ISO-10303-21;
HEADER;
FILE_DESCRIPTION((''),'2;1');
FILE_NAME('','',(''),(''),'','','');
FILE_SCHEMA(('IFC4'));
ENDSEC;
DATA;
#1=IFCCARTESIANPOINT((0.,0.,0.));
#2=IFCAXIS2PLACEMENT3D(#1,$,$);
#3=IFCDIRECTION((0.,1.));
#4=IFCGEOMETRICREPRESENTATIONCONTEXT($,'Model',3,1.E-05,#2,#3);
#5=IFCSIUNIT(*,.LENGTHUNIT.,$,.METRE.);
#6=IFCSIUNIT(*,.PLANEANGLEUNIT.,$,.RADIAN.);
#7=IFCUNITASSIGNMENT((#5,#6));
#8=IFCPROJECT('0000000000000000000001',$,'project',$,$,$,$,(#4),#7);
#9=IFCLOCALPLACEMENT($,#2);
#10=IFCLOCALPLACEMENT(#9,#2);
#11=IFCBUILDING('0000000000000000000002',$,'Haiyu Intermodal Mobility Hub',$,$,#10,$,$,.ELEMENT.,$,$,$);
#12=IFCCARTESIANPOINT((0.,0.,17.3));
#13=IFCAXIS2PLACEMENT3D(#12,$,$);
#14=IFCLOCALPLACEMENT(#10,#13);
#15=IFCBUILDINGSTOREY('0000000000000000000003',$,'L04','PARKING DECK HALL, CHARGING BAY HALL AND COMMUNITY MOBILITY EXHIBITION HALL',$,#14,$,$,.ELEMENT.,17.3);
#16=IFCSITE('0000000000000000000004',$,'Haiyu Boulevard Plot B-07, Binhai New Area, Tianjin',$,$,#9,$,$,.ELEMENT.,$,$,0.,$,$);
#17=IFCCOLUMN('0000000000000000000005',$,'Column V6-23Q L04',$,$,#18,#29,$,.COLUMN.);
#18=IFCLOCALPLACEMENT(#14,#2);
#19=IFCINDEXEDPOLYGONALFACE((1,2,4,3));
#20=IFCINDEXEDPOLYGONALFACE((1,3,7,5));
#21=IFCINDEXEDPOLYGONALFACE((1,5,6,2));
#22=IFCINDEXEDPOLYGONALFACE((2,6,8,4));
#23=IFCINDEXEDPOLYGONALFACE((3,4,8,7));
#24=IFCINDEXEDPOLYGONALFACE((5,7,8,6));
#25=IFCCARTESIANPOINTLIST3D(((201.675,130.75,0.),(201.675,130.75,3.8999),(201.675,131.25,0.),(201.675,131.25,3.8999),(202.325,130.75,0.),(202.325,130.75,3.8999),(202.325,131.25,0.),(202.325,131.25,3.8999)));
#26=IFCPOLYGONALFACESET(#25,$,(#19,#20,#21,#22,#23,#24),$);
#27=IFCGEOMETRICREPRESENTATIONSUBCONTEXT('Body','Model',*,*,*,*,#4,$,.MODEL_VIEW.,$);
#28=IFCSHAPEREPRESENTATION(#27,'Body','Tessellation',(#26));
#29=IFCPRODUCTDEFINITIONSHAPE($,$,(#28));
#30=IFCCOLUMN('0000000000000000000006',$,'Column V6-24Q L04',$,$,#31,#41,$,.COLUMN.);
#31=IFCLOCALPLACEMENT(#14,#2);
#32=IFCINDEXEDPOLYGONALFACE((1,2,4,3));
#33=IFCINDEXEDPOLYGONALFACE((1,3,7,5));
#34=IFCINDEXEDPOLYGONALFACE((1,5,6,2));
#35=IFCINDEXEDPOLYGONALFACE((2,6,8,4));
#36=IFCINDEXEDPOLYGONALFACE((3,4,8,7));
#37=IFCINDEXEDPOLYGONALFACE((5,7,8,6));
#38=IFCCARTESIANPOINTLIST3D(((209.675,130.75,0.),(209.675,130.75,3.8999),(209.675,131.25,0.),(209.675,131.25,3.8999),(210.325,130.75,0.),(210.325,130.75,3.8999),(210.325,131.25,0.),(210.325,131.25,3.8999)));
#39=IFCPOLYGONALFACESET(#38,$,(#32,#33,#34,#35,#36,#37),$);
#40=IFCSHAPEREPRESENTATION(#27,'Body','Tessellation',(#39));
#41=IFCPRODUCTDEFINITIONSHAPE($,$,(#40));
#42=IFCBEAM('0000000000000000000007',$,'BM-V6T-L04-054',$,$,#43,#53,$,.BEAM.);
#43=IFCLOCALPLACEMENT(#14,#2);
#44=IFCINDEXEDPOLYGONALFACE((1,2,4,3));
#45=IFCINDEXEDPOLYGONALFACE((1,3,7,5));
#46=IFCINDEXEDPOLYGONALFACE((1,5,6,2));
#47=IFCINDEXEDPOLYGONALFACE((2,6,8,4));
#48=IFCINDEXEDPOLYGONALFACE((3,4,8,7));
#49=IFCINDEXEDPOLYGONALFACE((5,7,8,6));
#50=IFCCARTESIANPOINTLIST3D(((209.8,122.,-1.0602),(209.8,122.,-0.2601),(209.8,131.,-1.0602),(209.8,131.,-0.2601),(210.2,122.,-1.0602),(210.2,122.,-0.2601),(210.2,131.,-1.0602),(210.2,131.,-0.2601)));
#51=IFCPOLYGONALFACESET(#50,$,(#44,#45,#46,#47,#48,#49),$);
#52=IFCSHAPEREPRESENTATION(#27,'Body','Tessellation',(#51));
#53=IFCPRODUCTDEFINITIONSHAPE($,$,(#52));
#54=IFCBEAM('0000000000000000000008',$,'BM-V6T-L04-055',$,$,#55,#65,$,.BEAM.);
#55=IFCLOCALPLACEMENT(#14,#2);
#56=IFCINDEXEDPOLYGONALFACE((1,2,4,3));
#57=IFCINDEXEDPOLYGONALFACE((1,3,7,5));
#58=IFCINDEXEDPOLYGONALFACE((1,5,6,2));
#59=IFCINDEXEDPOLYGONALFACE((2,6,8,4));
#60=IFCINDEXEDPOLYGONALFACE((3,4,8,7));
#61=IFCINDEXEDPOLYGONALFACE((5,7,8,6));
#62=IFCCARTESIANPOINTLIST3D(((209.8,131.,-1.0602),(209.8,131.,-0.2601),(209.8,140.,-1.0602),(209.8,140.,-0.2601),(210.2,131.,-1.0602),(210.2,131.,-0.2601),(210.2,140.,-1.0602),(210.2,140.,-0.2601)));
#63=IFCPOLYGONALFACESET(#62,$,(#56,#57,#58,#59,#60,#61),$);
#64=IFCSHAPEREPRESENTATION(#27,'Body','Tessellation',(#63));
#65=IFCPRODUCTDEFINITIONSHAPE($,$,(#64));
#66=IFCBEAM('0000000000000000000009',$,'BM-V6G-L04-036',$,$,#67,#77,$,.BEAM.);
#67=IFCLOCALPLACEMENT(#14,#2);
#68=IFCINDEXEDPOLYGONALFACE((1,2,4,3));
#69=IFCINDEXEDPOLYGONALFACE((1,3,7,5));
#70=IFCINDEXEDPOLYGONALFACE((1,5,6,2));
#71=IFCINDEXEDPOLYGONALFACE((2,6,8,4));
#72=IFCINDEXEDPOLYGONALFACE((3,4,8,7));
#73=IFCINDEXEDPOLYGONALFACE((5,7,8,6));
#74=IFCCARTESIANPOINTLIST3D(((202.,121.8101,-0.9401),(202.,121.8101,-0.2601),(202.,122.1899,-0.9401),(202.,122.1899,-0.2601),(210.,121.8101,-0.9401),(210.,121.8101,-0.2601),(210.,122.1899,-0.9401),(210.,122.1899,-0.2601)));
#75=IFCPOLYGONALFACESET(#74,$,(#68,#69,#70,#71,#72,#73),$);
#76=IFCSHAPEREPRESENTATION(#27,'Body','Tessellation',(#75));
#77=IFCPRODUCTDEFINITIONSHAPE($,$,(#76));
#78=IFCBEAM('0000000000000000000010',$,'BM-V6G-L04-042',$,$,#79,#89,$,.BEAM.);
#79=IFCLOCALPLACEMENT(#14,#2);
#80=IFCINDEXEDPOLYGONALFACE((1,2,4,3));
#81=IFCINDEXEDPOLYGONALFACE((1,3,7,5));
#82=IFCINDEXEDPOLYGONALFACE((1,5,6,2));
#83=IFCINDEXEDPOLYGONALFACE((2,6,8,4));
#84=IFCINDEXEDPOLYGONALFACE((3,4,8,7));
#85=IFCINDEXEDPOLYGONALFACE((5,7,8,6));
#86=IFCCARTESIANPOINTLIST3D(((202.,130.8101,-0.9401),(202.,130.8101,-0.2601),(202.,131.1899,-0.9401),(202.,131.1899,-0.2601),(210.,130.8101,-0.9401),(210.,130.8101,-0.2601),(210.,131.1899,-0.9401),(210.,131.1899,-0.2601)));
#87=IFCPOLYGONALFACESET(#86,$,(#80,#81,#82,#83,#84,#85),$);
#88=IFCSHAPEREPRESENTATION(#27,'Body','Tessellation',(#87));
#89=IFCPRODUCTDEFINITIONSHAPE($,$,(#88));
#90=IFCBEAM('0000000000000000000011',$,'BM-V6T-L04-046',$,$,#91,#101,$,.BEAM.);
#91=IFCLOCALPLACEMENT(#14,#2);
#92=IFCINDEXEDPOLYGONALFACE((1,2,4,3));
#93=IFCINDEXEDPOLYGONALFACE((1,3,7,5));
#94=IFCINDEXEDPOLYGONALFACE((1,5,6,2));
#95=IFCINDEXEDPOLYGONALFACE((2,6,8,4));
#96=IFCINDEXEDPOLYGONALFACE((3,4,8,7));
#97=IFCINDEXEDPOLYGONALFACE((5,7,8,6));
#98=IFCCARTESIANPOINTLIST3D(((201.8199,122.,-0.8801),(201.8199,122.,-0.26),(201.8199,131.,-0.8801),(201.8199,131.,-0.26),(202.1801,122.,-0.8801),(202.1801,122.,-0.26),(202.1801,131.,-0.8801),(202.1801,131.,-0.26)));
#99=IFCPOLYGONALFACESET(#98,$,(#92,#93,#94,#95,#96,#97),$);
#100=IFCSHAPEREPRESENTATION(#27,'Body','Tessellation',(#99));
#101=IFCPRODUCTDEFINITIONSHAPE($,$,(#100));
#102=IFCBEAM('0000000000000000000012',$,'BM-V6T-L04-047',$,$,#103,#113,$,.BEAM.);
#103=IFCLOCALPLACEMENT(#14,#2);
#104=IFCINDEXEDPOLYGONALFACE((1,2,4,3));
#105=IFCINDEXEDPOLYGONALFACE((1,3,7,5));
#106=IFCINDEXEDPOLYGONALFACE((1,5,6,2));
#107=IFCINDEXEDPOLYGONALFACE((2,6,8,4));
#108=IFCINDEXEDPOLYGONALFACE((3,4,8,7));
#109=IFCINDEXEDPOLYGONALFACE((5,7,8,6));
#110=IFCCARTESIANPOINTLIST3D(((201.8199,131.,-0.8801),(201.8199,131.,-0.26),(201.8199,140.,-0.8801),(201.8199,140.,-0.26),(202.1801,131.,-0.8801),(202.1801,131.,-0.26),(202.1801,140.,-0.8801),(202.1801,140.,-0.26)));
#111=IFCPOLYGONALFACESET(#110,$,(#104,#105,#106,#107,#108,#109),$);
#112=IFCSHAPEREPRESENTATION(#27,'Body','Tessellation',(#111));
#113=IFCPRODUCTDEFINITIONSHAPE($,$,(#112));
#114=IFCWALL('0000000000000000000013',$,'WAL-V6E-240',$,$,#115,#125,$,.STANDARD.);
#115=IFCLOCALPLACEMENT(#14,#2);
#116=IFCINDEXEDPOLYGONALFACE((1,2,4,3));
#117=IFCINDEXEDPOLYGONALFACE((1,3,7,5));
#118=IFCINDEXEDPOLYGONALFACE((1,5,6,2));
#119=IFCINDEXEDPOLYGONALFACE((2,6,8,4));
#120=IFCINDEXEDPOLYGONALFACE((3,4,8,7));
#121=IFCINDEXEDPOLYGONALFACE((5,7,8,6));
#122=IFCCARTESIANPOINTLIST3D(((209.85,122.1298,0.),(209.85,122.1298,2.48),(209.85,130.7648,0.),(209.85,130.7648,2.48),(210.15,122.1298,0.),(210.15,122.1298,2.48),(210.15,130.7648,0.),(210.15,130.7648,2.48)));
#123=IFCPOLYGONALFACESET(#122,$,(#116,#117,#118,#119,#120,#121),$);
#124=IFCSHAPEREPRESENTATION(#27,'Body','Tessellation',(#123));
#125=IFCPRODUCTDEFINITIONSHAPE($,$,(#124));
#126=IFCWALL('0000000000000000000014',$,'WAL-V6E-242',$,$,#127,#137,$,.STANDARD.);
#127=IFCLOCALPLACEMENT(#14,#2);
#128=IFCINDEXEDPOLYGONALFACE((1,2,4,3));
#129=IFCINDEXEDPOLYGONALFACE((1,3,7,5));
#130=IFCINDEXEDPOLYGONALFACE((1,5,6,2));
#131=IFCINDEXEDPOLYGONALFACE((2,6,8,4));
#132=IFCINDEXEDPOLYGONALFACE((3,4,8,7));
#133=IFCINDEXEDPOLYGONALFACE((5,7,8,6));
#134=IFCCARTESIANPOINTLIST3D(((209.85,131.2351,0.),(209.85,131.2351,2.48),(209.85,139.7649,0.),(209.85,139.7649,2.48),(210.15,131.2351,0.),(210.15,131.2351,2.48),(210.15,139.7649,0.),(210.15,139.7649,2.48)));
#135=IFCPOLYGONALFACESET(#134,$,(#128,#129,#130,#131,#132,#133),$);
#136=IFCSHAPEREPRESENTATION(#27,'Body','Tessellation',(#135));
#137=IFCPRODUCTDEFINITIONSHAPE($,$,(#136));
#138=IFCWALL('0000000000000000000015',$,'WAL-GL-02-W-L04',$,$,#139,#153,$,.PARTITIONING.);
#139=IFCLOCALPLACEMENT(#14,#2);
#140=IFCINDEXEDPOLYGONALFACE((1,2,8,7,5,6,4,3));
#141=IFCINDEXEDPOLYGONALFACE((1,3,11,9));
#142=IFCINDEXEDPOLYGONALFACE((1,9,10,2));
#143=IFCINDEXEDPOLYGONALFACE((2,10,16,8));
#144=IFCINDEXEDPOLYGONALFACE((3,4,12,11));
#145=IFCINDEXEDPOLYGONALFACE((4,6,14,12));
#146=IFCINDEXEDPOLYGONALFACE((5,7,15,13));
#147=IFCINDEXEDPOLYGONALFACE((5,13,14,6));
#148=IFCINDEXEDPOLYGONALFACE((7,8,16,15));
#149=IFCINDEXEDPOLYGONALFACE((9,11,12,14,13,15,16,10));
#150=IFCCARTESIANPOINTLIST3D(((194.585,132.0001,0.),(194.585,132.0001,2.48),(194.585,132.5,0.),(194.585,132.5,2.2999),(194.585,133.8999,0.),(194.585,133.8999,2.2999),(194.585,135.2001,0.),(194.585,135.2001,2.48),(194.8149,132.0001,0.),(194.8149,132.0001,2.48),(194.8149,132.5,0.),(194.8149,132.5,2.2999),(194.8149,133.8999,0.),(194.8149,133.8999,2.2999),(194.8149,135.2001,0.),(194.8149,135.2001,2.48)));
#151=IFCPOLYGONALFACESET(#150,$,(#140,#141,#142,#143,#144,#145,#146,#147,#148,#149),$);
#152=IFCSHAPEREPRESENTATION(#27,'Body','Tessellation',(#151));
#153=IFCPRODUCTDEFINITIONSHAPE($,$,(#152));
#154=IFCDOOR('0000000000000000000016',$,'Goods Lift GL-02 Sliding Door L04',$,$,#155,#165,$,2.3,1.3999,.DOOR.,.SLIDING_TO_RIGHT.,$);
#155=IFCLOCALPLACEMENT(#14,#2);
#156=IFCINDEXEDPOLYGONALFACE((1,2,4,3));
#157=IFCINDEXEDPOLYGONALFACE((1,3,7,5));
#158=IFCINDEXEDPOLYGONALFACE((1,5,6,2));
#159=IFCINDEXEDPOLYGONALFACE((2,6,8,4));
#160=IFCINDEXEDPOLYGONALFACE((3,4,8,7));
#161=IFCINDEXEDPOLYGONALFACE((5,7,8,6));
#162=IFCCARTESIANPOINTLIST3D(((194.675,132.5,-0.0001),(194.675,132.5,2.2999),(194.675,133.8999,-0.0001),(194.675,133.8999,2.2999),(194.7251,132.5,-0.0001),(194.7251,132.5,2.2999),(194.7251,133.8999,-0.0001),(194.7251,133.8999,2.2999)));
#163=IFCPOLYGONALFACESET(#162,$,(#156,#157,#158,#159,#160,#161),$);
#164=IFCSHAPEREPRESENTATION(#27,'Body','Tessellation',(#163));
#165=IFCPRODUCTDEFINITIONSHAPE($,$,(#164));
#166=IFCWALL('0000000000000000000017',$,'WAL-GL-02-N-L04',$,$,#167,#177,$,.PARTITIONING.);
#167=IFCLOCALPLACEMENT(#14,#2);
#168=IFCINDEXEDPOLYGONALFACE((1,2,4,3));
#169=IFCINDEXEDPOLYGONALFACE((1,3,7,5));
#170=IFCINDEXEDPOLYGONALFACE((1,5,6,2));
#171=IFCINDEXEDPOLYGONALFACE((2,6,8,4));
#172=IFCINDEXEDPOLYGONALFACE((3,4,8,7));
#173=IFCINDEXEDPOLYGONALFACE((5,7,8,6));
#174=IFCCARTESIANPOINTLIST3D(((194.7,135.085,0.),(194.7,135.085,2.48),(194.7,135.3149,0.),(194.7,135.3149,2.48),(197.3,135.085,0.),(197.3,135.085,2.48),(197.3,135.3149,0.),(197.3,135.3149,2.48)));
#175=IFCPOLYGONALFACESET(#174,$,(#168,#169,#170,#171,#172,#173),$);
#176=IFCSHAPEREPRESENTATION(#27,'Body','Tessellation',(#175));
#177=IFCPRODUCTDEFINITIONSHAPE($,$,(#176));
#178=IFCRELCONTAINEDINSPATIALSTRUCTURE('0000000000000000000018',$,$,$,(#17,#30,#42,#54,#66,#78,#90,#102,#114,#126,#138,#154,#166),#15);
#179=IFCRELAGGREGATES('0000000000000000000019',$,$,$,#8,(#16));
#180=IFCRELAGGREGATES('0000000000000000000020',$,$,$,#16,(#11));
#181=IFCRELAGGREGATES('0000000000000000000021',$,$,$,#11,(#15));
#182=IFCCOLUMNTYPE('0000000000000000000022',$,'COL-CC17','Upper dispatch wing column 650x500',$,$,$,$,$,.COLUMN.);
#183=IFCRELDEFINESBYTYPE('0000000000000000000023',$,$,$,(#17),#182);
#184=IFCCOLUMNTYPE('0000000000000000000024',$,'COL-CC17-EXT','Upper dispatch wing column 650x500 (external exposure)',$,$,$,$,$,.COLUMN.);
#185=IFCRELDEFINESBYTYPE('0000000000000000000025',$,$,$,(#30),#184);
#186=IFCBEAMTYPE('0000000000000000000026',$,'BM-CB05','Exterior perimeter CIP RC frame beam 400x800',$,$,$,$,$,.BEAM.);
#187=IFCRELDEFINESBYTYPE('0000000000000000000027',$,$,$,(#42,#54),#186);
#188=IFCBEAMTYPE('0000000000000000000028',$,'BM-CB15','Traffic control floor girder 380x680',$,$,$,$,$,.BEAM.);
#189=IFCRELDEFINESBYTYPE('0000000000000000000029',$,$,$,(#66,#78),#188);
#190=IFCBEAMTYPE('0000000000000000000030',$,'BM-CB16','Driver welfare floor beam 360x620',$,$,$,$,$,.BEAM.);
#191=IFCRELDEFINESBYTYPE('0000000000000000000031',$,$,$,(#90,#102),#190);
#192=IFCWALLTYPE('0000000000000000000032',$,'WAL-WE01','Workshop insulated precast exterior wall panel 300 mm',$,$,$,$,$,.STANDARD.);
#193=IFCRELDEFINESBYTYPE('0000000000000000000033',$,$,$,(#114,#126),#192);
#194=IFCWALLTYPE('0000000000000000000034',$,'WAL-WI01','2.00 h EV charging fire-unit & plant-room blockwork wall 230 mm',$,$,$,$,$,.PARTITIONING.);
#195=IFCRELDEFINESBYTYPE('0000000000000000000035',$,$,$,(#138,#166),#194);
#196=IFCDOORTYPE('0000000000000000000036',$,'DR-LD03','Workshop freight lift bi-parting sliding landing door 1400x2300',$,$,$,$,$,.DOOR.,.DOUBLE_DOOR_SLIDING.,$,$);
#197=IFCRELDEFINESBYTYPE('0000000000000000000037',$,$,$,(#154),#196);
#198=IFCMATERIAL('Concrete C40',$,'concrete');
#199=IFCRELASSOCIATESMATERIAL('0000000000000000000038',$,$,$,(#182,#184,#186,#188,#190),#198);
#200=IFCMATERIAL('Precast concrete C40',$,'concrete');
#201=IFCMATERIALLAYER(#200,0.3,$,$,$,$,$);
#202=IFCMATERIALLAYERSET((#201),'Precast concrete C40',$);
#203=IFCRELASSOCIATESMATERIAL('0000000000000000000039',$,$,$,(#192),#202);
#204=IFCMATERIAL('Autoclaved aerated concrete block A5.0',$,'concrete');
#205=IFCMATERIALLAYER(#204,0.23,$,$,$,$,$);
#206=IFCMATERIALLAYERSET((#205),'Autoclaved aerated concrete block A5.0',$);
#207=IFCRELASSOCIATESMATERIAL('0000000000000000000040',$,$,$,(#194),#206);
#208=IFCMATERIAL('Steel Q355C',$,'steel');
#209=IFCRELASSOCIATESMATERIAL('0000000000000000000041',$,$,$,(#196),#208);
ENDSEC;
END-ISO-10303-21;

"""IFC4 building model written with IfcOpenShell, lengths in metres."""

from ifc_helpers import new_model, si_unit, direction, frame, frame_2d, origin, origin_2d, place, context, subcontext, project, spatial, rectangle, extrude, material, layer, layer_set, material_profile, profile_set, type_object, element, fill, save


model = new_model("IFC4")

# Units and contexts
model_context = context("Model", 3, precision=1e-05, world=origin(), true_north=direction((0.0, 1.0)))
body_context = subcontext(model_context, "Body", "Model", "MODEL_VIEW")
ifc_project = project(units=[si_unit("LENGTHUNIT", "METRE"), si_unit("PLANEANGLEUNIT", "RADIAN")], contexts=[model_context])

# Site, building, storey
site_placement = place(None, origin())
site = spatial("IfcSite", under=ifc_project, at=site_placement, Name="Haiyu Boulevard Plot B-07, Binhai New Area, Tianjin", CompositionType="ELEMENT", RefElevation=0.0)
building_placement = place(site_placement, origin())
building = spatial("IfcBuilding", under=site, at=building_placement, Name="Haiyu Intermodal Mobility Hub", CompositionType="ELEMENT")
storey_placement = place(building_placement, frame((0.0, 0.0, 17.3)))
storey = spatial("IfcBuildingStorey", under=building, at=storey_placement, Name="L04", Description="PARKING DECK HALL, CHARGING BAY HALL AND COMMUNITY MOBILITY EXHIBITION HALL", CompositionType="ELEMENT", Elevation=17.3)

# Columns
ifc_material_1 = material(Name="Concrete C40", Category="concrete")
ifc_material_profile_1 = material_profile(ifc_material_1, rectangle(XDim=0.6499, YDim=0.5, at=origin_2d()), Name="C650x500")
ifc_profile_set_1 = profile_set([ifc_material_profile_1], Name="Concrete C40")
column_type_1 = type_object("IfcColumnType", Name="COL-CC17", Description="Upper dispatch wing column 650x500", PredefinedType="COLUMN", material=ifc_profile_set_1)
column_1_placement = place(storey_placement, frame((202.0, 131.0, 0.0), z_axis=(0.0, 0.0, 1.0), x_axis=(1.0, 0.0, 0.0)))
element("IfcColumn", 1, at=column_1_placement, inside=storey, type_object=column_type_1, Name="Column V6-23Q L04", PredefinedType="COLUMN", context=body_context, shape_type="SweptSolid", body=[
    extrude(rectangle(XDim=0.6499, YDim=0.5, at=origin_2d()), origin(), (0.0, 0.0, 1.0), 3.8999),
])
ifc_material_profile_2 = material_profile(ifc_material_1, rectangle(XDim=0.6499, YDim=0.5, at=origin_2d()), Name="C650x500")
ifc_profile_set_2 = profile_set([ifc_material_profile_2], Name="Concrete C40")
column_type_2 = type_object("IfcColumnType", Name="COL-CC17-EXT", Description="Upper dispatch wing column 650x500 (external exposure)", PredefinedType="COLUMN", material=ifc_profile_set_2)
column_2_placement = place(storey_placement, frame((210.0, 131.0, 0.0), z_axis=(0.0, 0.0, 1.0), x_axis=(1.0, 0.0, 0.0)))
element("IfcColumn", 2, at=column_2_placement, inside=storey, type_object=column_type_2, Name="Column V6-24Q L04", PredefinedType="COLUMN", context=body_context, shape_type="SweptSolid", body=[
    extrude(rectangle(XDim=0.6499, YDim=0.5, at=origin_2d()), origin(), (0.0, 0.0, 1.0), 3.8999),
])

# Beams
ifc_material_profile_3 = material_profile(ifc_material_1, rectangle(XDim=0.3999, YDim=0.8, at=origin_2d()), Name="RCB400x800")
ifc_profile_set_3 = profile_set([ifc_material_profile_3], Name="Concrete C40")
beam_type_1 = type_object("IfcBeamType", Name="BM-CB05", Description="Exterior perimeter CIP RC frame beam 400x800", PredefinedType="BEAM", material=ifc_profile_set_3)
for number, where, z_axis, x_axis, name in (
    (3, (210.0, 122.0, -0.6602), (0.0, 1.0, 0.0), (-1.0, 0.0, 0.0), "BM-V6T-L04-054"),
    (4, (210.0, 131.0, -0.6602), (0.0, 1.0, 0.0), (-1.0, 0.0, 0.0), "BM-V6T-L04-055"),
):
    element("IfcBeam", number, at=place(storey_placement, frame(where, z_axis=z_axis, x_axis=x_axis)), inside=storey, type_object=beam_type_1, Name=name, PredefinedType="BEAM", context=body_context, shape_type="SweptSolid", body=[
        extrude(rectangle(XDim=0.3999, YDim=0.8, at=origin_2d()), origin(), (0.0, 0.0, 1.0), 9.0),
    ])
ifc_material_profile_4 = material_profile(ifc_material_1, rectangle(XDim=0.3799, YDim=0.6799, at=origin_2d()), Name="B380x680")
ifc_profile_set_4 = profile_set([ifc_material_profile_4], Name="Concrete C40")
beam_type_2 = type_object("IfcBeamType", Name="BM-CB15", Description="Traffic control floor girder 380x680", PredefinedType="BEAM", material=ifc_profile_set_4)
for number, where, z_axis, x_axis, name in (
    (5, (202.0, 122.0, -0.6001), (1.0, 0.0, 0.0), (0.0, 1.0, 0.0), "BM-V6G-L04-036"),
    (6, (202.0, 131.0, -0.6001), (1.0, 0.0, 0.0), (0.0, 1.0, 0.0), "BM-V6G-L04-042"),
):
    element("IfcBeam", number, at=place(storey_placement, frame(where, z_axis=z_axis, x_axis=x_axis)), inside=storey, type_object=beam_type_2, Name=name, PredefinedType="BEAM", context=body_context, shape_type="SweptSolid", body=[
        extrude(rectangle(XDim=0.3799, YDim=0.6799, at=origin_2d()), origin(), (0.0, 0.0, 1.0), 8.0),
    ])
ifc_material_profile_5 = material_profile(ifc_material_1, rectangle(XDim=0.3601, YDim=0.6201, at=origin_2d()), Name="B360x620")
ifc_profile_set_5 = profile_set([ifc_material_profile_5], Name="Concrete C40")
beam_type_3 = type_object("IfcBeamType", Name="BM-CB16", Description="Driver welfare floor beam 360x620", PredefinedType="BEAM", material=ifc_profile_set_5)
for number, where, z_axis, x_axis, name in (
    (7, (202.0, 122.0, -0.5701), (0.0, 1.0, 0.0), (-1.0, 0.0, 0.0), "BM-V6T-L04-046"),
    (8, (202.0, 131.0, -0.5701), (0.0, 1.0, 0.0), (-1.0, 0.0, 0.0), "BM-V6T-L04-047"),
):
    element("IfcBeam", number, at=place(storey_placement, frame(where, z_axis=z_axis, x_axis=x_axis)), inside=storey, type_object=beam_type_3, Name=name, PredefinedType="BEAM", context=body_context, shape_type="SweptSolid", body=[
        extrude(rectangle(XDim=0.3601, YDim=0.6201, at=origin_2d()), origin(), (0.0, 0.0, 1.0), 9.0),
    ])

# Walls
ifc_material_2 = material(Name="Precast concrete C40", Category="concrete")
ifc_layer_1 = layer(ifc_material_2, 0.3)
ifc_layer_set_1 = layer_set([ifc_layer_1], Name="Precast concrete C40")
wall_type_1 = type_object("IfcWallType", Name="WAL-WE01", Description="Workshop insulated precast exterior wall panel 300 mm", PredefinedType="STANDARD", material=ifc_layer_set_1)
wall_1_placement = place(storey_placement, frame((210.0, 122.1299, 0.0), z_axis=(0.0, 0.0, 1.0), x_axis=(0.0, 1.0, 0.0)))
element("IfcWall", 9, at=wall_1_placement, inside=storey, type_object=wall_type_1, Name="WAL-V6E-240", PredefinedType="STANDARD", context=body_context, shape_type="SweptSolid", body=[
    extrude(rectangle(XDim=8.635, YDim=0.3, at=frame_2d((4.3174, 0.0))), origin(), (0.0, 0.0, 1.0), 2.48),
])
wall_2_placement = place(storey_placement, frame((210.0, 131.2351, 0.0), z_axis=(0.0, 0.0, 1.0), x_axis=(0.0, 1.0, 0.0)))
element("IfcWall", 10, at=wall_2_placement, inside=storey, type_object=wall_type_1, Name="WAL-V6E-242", PredefinedType="STANDARD", context=body_context, shape_type="SweptSolid", body=[
    extrude(rectangle(XDim=8.5298, YDim=0.3, at=frame_2d((4.2649, 0.0))), origin(), (0.0, 0.0, 1.0), 2.48),
])

# Wall, opening, door
ifc_material_3 = material(Name="Autoclaved aerated concrete block A5.0", Category="concrete")
ifc_layer_2 = layer(ifc_material_3, 0.23)
ifc_layer_set_2 = layer_set([ifc_layer_2], Name="Autoclaved aerated concrete block A5.0")
wall_type_2 = type_object("IfcWallType", Name="WAL-WI01", Description="2.00 h EV charging fire-unit & plant-room blockwork wall 230 mm", PredefinedType="PARTITIONING", material=ifc_layer_set_2)
wall_3_placement = place(storey_placement, frame((194.7, 132.0, 0.0), z_axis=(0.0, 0.0, 1.0), x_axis=(0.0, 1.0, 0.0)))
wall_3 = element("IfcWall", 11, at=wall_3_placement, inside=storey, type_object=wall_type_2, Name="WAL-GL-02-W-L04", PredefinedType="PARTITIONING", context=body_context, shape_type="SweptSolid", body=[
    extrude(rectangle(XDim=3.2, YDim=0.23, at=frame_2d((1.6001, 0.0))), origin(), (0.0, 0.0, 1.0), 2.48),
])
opening_placement = place(wall_3_placement, frame((0.5, 0.0, 0.0)))
opening = element("IfcOpeningElement", 12, at=opening_placement, cuts=wall_3, PredefinedType="OPENING", context=body_context, shape_type="SweptSolid", body=[
    extrude(rectangle(XDim=1.3999, YDim=2.3, at=frame_2d((0.7, 1.1499))), frame((0.0, 0.125, 0.0), z_axis=(0.0, -1.0, 0.0), x_axis=(1.0, 0.0, 0.0)), (0.0, 0.0, 1.0), 0.25),
])
ifc_material_4 = material(Name="Steel Q355C", Category="steel")
door_type = type_object("IfcDoorType", Name="DR-LD03", Description="Workshop freight lift bi-parting sliding landing door 1400x2300", OperationType="DOUBLE_DOOR_SLIDING", PredefinedType="DOOR", material=ifc_material_4)
door_placement = place(opening_placement, origin())
door = element("IfcDoor", 13, at=door_placement, inside=storey, type_object=door_type, Name="Goods Lift GL-02 Sliding Door L04", OperationType="SLIDING_TO_RIGHT", OverallHeight=2.3, OverallWidth=1.3999, PredefinedType="DOOR", context=body_context, shape_type="SweptSolid", body=[
    extrude(rectangle(XDim=1.3999, YDim=2.3, at=frame_2d((0.7, 1.1499))), frame((0.0, 0.0249, 0.0), z_axis=(0.0, -1.0, 0.0), x_axis=(1.0, 0.0, 0.0)), (0.0, 0.0, 1.0), 0.05),
])
fill(opening, door)

# Wall
wall_4_placement = place(storey_placement, frame((194.7, 135.2, 0.0), z_axis=(0.0, 0.0, 1.0), x_axis=(1.0, 0.0, 0.0)))
element("IfcWall", 14, at=wall_4_placement, inside=storey, type_object=wall_type_2, Name="WAL-GL-02-N-L04", PredefinedType="PARTITIONING", context=body_context, shape_type="SweptSolid", body=[
    extrude(rectangle(XDim=2.6001, YDim=0.23, at=frame_2d((1.3, 0.0))), origin(), (0.0, 0.0, 1.0), 2.48),
])

save(model, "model.ifc")
